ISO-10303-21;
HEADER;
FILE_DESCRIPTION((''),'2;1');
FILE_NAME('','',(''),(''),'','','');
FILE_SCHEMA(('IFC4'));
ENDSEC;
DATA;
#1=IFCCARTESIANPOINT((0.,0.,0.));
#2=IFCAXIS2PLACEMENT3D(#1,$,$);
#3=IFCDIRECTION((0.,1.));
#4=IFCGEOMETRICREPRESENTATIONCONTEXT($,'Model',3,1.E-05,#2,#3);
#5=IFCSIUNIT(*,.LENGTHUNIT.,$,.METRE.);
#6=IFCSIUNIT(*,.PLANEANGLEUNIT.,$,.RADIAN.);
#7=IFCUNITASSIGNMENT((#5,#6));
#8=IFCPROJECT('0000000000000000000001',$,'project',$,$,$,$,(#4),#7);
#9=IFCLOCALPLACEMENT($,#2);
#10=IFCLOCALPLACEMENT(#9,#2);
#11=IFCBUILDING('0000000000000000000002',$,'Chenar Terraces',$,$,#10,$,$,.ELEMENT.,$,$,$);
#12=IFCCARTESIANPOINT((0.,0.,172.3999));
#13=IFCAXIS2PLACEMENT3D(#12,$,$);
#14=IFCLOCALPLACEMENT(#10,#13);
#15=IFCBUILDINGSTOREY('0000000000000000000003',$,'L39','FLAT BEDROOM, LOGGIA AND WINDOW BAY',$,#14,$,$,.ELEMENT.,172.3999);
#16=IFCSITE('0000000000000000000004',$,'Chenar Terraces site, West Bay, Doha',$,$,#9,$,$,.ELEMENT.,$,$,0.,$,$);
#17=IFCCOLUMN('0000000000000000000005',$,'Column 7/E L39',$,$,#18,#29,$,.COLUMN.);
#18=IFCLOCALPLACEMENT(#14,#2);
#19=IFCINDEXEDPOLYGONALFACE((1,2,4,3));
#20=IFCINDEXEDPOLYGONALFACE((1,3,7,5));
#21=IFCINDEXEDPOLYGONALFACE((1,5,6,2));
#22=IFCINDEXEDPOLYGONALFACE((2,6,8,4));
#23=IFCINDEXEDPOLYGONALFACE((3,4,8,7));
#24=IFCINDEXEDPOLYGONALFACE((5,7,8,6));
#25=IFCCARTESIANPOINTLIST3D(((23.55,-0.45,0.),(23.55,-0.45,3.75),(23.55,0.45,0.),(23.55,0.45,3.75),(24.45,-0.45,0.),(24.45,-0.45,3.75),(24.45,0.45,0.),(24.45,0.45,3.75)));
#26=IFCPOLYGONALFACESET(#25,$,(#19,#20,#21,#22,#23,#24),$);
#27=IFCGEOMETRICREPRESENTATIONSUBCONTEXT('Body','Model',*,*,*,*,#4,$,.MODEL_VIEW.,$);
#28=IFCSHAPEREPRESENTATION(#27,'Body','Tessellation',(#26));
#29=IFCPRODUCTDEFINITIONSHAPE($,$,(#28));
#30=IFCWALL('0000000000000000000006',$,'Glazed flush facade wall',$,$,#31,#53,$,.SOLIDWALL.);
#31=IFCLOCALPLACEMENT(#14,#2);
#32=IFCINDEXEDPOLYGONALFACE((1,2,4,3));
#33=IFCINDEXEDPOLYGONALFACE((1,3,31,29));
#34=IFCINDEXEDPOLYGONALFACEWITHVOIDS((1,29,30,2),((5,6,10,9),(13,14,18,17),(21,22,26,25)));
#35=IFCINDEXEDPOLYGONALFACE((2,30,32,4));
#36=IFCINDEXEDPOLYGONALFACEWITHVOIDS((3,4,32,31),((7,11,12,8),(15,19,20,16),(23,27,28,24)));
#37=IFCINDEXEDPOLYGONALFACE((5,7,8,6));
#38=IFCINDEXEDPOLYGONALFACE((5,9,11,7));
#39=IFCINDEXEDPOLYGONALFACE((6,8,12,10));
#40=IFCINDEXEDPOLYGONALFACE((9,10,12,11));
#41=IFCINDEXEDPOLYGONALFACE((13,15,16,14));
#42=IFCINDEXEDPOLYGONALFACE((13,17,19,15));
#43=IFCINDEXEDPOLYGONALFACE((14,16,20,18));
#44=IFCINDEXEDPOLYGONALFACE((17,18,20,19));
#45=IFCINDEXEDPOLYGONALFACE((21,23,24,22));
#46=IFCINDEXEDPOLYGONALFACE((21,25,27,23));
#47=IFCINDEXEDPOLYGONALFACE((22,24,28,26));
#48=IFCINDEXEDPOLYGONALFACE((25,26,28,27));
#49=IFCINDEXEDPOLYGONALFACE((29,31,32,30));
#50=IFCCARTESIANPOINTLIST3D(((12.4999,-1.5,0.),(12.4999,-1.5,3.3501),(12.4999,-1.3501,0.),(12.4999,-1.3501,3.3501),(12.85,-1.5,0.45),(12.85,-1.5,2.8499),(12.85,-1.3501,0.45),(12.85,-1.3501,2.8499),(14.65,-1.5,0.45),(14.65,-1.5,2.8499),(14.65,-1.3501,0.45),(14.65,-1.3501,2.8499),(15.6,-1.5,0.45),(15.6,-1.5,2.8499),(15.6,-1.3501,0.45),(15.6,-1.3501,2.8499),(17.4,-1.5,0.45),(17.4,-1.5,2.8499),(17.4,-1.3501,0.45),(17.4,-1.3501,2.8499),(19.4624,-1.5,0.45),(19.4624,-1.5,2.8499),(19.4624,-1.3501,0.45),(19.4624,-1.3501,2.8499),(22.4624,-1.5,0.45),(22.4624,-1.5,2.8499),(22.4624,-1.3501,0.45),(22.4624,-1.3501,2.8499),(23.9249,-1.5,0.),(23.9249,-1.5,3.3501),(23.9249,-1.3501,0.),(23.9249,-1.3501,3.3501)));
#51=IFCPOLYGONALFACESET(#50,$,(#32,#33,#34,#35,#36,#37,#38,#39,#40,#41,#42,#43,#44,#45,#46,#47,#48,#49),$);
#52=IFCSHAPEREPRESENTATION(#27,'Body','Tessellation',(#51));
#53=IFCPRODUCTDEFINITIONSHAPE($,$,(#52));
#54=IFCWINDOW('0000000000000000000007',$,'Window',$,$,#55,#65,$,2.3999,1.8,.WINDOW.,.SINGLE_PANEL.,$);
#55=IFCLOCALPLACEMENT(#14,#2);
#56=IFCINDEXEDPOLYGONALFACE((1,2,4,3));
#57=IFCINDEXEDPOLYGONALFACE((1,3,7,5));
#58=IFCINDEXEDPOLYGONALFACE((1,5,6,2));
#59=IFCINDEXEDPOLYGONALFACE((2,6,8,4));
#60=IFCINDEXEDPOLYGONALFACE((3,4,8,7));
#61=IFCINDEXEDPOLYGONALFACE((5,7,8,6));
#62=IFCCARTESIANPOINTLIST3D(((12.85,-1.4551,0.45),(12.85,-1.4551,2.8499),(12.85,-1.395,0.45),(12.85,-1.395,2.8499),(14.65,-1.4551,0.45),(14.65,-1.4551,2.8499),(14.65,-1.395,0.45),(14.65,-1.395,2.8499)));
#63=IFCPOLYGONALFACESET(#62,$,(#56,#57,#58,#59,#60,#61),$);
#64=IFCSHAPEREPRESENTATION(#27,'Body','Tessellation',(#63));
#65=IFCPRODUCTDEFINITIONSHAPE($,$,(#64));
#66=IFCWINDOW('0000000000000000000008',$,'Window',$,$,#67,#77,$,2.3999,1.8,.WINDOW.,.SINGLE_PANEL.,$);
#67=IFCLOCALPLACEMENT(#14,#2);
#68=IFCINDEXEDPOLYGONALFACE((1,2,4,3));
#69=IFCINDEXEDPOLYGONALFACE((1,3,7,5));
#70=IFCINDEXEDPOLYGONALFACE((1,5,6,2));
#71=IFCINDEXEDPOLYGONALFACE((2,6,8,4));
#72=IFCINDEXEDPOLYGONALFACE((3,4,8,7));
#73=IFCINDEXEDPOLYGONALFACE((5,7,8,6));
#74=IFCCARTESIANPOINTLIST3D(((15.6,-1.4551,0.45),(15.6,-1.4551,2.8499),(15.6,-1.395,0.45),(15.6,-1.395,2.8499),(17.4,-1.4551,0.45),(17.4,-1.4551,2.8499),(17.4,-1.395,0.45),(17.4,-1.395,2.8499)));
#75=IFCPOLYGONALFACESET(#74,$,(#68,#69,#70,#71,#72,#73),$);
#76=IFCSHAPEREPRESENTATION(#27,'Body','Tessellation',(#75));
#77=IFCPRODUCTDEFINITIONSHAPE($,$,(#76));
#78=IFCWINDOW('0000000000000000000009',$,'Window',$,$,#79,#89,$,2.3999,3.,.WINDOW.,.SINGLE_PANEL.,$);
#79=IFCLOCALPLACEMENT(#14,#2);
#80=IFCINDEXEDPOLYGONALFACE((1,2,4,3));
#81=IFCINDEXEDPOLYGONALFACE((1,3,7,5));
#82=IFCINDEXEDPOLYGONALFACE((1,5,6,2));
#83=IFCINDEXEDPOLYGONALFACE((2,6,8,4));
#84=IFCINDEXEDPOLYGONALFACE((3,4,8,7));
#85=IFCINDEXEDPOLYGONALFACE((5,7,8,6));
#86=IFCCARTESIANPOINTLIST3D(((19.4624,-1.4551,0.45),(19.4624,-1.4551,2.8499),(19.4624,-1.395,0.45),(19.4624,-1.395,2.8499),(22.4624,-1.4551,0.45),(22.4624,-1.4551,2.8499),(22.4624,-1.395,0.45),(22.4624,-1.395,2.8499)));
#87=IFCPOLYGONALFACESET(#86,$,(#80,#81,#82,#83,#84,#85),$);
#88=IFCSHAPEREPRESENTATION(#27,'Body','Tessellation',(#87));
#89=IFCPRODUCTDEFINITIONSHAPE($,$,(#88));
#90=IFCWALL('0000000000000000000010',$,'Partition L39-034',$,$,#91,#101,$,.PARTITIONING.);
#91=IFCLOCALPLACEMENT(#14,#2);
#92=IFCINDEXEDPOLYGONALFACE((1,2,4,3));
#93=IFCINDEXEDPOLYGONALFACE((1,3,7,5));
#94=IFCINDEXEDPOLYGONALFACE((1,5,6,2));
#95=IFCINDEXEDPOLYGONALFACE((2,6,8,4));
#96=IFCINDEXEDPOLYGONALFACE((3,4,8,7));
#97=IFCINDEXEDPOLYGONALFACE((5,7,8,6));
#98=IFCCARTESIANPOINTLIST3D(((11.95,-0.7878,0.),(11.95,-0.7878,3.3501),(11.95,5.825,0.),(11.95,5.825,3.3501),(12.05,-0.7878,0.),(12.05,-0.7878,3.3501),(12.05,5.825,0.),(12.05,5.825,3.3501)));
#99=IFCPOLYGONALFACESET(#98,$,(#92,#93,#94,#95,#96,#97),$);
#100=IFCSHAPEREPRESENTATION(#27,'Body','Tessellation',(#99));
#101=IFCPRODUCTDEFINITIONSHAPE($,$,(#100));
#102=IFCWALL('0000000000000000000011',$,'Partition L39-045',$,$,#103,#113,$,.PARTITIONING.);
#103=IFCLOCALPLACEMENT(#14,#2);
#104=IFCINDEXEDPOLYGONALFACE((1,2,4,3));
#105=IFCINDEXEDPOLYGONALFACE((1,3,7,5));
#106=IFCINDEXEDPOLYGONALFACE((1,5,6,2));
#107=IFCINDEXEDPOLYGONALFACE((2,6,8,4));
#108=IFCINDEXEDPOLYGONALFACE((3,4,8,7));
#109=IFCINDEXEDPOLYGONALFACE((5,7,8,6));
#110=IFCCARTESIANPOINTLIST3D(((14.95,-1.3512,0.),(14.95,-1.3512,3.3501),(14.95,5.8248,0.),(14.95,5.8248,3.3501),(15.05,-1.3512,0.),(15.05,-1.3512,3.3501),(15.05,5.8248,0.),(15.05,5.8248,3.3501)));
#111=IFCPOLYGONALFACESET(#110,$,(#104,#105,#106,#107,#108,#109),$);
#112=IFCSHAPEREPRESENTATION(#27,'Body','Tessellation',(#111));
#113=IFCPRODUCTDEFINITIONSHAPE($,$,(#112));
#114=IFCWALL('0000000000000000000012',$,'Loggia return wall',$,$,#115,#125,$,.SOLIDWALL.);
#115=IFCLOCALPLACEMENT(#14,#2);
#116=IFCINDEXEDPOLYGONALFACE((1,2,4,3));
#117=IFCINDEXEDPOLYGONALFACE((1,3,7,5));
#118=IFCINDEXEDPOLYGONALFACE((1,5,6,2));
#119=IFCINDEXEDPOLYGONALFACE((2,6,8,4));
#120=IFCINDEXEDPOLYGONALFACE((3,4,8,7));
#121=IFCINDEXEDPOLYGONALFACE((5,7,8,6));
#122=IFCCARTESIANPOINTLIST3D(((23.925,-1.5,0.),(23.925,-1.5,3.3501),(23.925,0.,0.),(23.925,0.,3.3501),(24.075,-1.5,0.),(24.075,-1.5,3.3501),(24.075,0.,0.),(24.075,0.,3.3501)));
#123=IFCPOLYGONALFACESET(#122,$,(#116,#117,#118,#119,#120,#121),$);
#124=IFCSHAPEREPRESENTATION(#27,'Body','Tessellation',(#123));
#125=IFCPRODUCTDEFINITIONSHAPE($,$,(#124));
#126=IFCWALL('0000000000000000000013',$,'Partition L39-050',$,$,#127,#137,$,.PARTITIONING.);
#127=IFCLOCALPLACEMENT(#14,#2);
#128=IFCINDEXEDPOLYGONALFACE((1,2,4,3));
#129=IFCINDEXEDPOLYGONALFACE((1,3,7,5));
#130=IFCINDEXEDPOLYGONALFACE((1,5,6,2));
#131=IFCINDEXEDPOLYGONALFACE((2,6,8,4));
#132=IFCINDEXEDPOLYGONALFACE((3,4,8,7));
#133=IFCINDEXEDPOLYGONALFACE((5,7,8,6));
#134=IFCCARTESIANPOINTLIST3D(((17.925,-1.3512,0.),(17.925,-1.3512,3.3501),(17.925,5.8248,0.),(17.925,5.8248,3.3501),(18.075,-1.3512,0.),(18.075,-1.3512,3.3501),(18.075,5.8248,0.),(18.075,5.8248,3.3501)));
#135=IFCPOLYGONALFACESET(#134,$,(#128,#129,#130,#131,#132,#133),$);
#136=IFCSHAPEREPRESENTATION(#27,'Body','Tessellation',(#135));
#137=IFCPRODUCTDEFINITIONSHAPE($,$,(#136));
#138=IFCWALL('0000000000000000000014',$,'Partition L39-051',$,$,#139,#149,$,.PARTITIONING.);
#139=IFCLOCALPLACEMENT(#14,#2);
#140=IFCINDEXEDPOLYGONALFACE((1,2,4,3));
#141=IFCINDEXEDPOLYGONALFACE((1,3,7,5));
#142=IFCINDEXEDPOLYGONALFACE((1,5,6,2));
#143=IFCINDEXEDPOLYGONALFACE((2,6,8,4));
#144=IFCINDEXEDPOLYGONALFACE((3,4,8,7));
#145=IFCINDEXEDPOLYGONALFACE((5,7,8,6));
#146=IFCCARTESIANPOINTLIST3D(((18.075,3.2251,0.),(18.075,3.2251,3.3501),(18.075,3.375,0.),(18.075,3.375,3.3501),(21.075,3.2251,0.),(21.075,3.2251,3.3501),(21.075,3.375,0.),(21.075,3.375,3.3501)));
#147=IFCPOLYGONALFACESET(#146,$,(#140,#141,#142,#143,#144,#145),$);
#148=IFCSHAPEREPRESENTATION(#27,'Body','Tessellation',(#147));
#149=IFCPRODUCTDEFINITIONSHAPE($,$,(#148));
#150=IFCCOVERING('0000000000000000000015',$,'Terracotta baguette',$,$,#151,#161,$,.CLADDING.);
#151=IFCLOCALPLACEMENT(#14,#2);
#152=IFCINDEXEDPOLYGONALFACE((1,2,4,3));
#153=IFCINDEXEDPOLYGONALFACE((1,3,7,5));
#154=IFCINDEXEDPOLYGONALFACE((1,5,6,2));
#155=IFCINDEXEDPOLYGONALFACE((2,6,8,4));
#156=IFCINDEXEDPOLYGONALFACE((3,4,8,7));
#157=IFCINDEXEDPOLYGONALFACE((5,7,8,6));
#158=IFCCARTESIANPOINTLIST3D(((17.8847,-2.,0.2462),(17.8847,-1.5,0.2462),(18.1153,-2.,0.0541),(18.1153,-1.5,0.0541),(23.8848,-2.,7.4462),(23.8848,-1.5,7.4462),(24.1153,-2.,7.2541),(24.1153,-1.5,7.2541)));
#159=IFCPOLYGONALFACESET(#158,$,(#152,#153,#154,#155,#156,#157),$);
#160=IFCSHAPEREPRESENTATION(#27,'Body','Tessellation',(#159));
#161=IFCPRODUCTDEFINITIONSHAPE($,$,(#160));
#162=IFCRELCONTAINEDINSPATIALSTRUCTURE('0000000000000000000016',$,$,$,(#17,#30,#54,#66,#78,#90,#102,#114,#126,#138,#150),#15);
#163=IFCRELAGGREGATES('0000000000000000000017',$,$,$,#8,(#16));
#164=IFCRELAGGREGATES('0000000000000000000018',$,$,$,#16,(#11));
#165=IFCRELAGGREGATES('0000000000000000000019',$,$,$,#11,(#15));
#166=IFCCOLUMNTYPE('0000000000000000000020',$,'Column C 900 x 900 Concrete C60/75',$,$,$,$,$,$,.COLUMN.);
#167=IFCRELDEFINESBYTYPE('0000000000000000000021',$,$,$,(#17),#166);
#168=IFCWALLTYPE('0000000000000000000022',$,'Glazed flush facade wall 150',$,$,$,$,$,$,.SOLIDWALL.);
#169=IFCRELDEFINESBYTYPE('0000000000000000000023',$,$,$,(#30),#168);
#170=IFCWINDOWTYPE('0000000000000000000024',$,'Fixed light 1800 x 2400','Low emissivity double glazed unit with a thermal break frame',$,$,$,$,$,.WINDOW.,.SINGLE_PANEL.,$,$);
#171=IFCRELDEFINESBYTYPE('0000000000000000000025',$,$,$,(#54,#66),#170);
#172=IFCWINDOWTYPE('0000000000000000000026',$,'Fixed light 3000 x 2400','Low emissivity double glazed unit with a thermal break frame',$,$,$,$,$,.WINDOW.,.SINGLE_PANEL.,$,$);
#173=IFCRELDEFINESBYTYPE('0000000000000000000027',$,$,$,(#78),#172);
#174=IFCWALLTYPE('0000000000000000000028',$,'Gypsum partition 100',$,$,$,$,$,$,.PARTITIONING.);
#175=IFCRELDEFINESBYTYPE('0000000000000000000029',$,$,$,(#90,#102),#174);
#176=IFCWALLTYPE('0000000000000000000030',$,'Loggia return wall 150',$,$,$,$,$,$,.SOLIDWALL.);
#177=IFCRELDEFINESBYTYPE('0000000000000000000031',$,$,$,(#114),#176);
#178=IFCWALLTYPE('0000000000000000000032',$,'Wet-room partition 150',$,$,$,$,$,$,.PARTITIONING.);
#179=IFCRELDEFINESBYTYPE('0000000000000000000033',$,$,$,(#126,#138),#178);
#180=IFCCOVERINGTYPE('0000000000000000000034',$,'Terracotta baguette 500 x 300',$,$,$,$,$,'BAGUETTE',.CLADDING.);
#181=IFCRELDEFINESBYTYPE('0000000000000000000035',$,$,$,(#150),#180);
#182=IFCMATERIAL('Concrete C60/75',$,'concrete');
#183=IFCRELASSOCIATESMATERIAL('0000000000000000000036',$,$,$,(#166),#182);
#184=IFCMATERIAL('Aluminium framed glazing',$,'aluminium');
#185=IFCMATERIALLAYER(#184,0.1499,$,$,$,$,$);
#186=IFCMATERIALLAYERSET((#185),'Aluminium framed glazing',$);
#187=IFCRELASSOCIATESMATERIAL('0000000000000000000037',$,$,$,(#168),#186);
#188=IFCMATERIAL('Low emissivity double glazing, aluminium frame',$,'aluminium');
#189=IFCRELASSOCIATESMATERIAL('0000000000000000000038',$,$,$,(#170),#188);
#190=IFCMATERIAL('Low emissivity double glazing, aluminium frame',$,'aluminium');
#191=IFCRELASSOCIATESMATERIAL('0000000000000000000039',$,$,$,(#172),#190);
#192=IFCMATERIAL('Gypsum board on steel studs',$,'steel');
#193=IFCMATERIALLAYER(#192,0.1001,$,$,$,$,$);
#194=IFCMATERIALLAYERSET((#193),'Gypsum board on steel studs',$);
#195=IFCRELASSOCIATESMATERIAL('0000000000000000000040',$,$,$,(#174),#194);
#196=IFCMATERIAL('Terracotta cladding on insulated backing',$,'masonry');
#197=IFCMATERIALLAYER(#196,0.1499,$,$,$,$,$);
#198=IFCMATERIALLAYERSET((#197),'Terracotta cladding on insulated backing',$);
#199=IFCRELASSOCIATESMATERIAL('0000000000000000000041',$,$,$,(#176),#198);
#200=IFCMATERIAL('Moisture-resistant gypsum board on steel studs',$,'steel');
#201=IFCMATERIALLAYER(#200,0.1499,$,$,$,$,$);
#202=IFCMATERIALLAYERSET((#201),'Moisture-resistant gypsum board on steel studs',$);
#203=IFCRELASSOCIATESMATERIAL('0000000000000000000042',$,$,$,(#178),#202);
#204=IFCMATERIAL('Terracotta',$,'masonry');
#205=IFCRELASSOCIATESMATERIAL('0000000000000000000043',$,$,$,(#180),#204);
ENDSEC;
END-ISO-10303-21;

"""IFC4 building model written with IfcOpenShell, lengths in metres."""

from ifc_helpers import new_model, si_unit, direction, frame, frame_2d, origin, origin_2d, place, context, subcontext, project, spatial, rectangle, extrude, material, layer, layer_set, material_profile, profile_set, type_object, element, fill, save


model = new_model("IFC4")

# Units and contexts
model_context = context("Model", 3, precision=1e-05, world=origin(), true_north=direction((0.0, 1.0)))
body_context = subcontext(model_context, "Body", "Model", "MODEL_VIEW")
ifc_project = project(units=[si_unit("LENGTHUNIT", "METRE"), si_unit("PLANEANGLEUNIT", "RADIAN")], contexts=[model_context])

# Site, building, storey
site_placement = place(None, origin())
site = spatial("IfcSite", under=ifc_project, at=site_placement, Name="Chenar Terraces site, West Bay, Doha", CompositionType="ELEMENT", RefElevation=0.0)
building_placement = place(site_placement, origin())
building = spatial("IfcBuilding", under=site, at=building_placement, Name="Chenar Terraces", CompositionType="ELEMENT")
storey_placement = place(building_placement, frame((0.0, 0.0, 172.3999)))
storey = spatial("IfcBuildingStorey", under=building, at=storey_placement, Name="L39", Description="FLAT BEDROOM, LOGGIA AND WINDOW BAY", CompositionType="ELEMENT", Elevation=172.3999)

# Column
ifc_material_1 = material(Name="Concrete C60/75", Category="concrete")
ifc_material_profile_1 = material_profile(ifc_material_1, rectangle(XDim=0.8999, YDim=0.8999, at=origin_2d()), Name="C 900 x 900")
ifc_profile_set_1 = profile_set([ifc_material_profile_1], Name="Concrete C60/75")
column_type = type_object("IfcColumnType", Name="Column C 900 x 900 Concrete C60/75", PredefinedType="COLUMN", material=ifc_profile_set_1)
column_placement = place(storey_placement, frame((24.0, 0.0, 0.0), z_axis=(0.0, 0.0, 1.0), x_axis=(1.0, 0.0, 0.0)))
element("IfcColumn", 1, at=column_placement, inside=storey, type_object=column_type, Name="Column 7/E L39", PredefinedType="COLUMN", context=body_context, shape_type="SweptSolid", body=[
    extrude(rectangle(XDim=0.8999, YDim=0.8999, at=origin_2d()), origin(), (0.0, 0.0, 1.0), 3.75),
])

# Wall, openings, windows
ifc_material_2 = material(Name="Aluminium framed glazing", Category="aluminium")
ifc_layer_1 = layer(ifc_material_2, 0.1499)
ifc_layer_set_1 = layer_set([ifc_layer_1], Name="Aluminium framed glazing")
wall_type_1 = type_object("IfcWallType", Name="Glazed flush facade wall 150", PredefinedType="SOLIDWALL", material=ifc_layer_set_1)
wall_1_placement = place(storey_placement, frame((12.5, -1.425, 0.0), z_axis=(0.0, 0.0, 1.0), x_axis=(1.0, 0.0, 0.0)))
wall_1 = element("IfcWall", 2, at=wall_1_placement, inside=storey, type_object=wall_type_1, Name="Glazed flush facade wall", PredefinedType="SOLIDWALL", context=body_context, shape_type="SweptSolid", body=[
    extrude(rectangle(XDim=11.425, YDim=0.1499, at=frame_2d((5.7124, 0.0))), origin(), (0.0, 0.0, 1.0), 3.3501),
])
opening_1_placement = place(wall_1_placement, frame((0.3501, 0.0, 0.45)))
opening_1 = element("IfcOpeningElement", 3, at=opening_1_placement, cuts=wall_1, PredefinedType="OPENING", context=body_context, shape_type="SweptSolid", body=[
    extrude(rectangle(XDim=1.8, YDim=2.3999, at=frame_2d((0.8999, 1.2))), frame((0.0, 0.085, 0.0), z_axis=(0.0, -1.0, 0.0), x_axis=(1.0, 0.0, 0.0)), (0.0, 0.0, 1.0), 0.1699),
])
opening_2_placement = place(wall_1_placement, frame((3.1001, 0.0, 0.45)))
opening_2 = element("IfcOpeningElement", 4, at=opening_2_placement, cuts=wall_1, PredefinedType="OPENING", context=body_context, shape_type="SweptSolid", body=[
    extrude(rectangle(XDim=1.8, YDim=2.3999, at=frame_2d((0.8999, 1.2))), frame((0.0, 0.085, 0.0), z_axis=(0.0, -1.0, 0.0), x_axis=(1.0, 0.0, 0.0)), (0.0, 0.0, 1.0), 0.1699),
])
opening_3_placement = place(wall_1_placement, frame((6.9624, 0.0, 0.45)))
opening_3 = element("IfcOpeningElement", 5, at=opening_3_placement, cuts=wall_1, PredefinedType="OPENING", context=body_context, shape_type="SweptSolid", body=[
    extrude(rectangle(XDim=3.0, YDim=2.3999, at=frame_2d((1.5, 1.2))), frame((0.0, 0.085, 0.0), z_axis=(0.0, -1.0, 0.0), x_axis=(1.0, 0.0, 0.0)), (0.0, 0.0, 1.0), 0.1699),
])
ifc_material_3 = material(Name="Low emissivity double glazing, aluminium frame", Category="aluminium")
window_type_1 = type_object("IfcWindowType", Name="Fixed light 1800 x 2400", Description="Low emissivity double glazed unit with a thermal break frame", PartitioningType="SINGLE_PANEL", PredefinedType="WINDOW", material=ifc_material_3)
window_1_placement = place(opening_1_placement, origin())
window_1 = element("IfcWindow", 6, at=window_1_placement, inside=storey, type_object=window_type_1, Name="Window", OverallHeight=2.3999, OverallWidth=1.8, PartitioningType="SINGLE_PANEL", PredefinedType="WINDOW", context=body_context, shape_type="SweptSolid", body=[
    extrude(rectangle(XDim=1.8, YDim=2.3999, at=frame_2d((0.8999, 1.2))), frame((0.0, 0.03, 0.0), z_axis=(0.0, -1.0, 0.0), x_axis=(1.0, 0.0, 0.0)), (0.0, 0.0, 1.0), 0.0601),
])
fill(opening_1, window_1)
window_2_placement = place(opening_2_placement, origin())
window_2 = element("IfcWindow", 7, at=window_2_placement, inside=storey, type_object=window_type_1, Name="Window", OverallHeight=2.3999, OverallWidth=1.8, PartitioningType="SINGLE_PANEL", PredefinedType="WINDOW", context=body_context, shape_type="SweptSolid", body=[
    extrude(rectangle(XDim=1.8, YDim=2.3999, at=frame_2d((0.8999, 1.2))), frame((0.0, 0.03, 0.0), z_axis=(0.0, -1.0, 0.0), x_axis=(1.0, 0.0, 0.0)), (0.0, 0.0, 1.0), 0.0601),
])
fill(opening_2, window_2)
ifc_material_4 = material(Name="Low emissivity double glazing, aluminium frame", Category="aluminium")
window_type_2 = type_object("IfcWindowType", Name="Fixed light 3000 x 2400", Description="Low emissivity double glazed unit with a thermal break frame", PartitioningType="SINGLE_PANEL", PredefinedType="WINDOW", material=ifc_material_4)
window_3_placement = place(opening_3_placement, origin())
window_3 = element("IfcWindow", 8, at=window_3_placement, inside=storey, type_object=window_type_2, Name="Window", OverallHeight=2.3999, OverallWidth=3.0, PartitioningType="SINGLE_PANEL", PredefinedType="WINDOW", context=body_context, shape_type="SweptSolid", body=[
    extrude(rectangle(XDim=3.0, YDim=2.3999, at=frame_2d((1.5, 1.2))), frame((0.0, 0.03, 0.0), z_axis=(0.0, -1.0, 0.0), x_axis=(1.0, 0.0, 0.0)), (0.0, 0.0, 1.0), 0.0601),
])
fill(opening_3, window_3)

# Walls
ifc_material_5 = material(Name="Gypsum board on steel studs", Category="steel")
ifc_layer_2 = layer(ifc_material_5, 0.1001)
ifc_layer_set_2 = layer_set([ifc_layer_2], Name="Gypsum board on steel studs")
wall_type_2 = type_object("IfcWallType", Name="Gypsum partition 100", PredefinedType="PARTITIONING", material=ifc_layer_set_2)
wall_2_placement = place(storey_placement, frame((12.0, -0.7878, 0.0), z_axis=(0.0, 0.0, 1.0), x_axis=(0.0, 1.0, 0.0)))
element("IfcWall", 9, at=wall_2_placement, inside=storey, type_object=wall_type_2, Name="Partition L39-034", PredefinedType="PARTITIONING", context=body_context, shape_type="SweptSolid", body=[
    extrude(rectangle(XDim=6.6128, YDim=0.1001, at=frame_2d((3.3064, 0.0))), origin(), (0.0, 0.0, 1.0), 3.3501),
])
wall_3_placement = place(storey_placement, frame((15.0, -1.3511, 0.0), z_axis=(0.0, 0.0, 1.0), x_axis=(0.0, 1.0, 0.0)))
element("IfcWall", 10, at=wall_3_placement, inside=storey, type_object=wall_type_2, Name="Partition L39-045", PredefinedType="PARTITIONING", context=body_context, shape_type="SweptSolid", body=[
    extrude(rectangle(XDim=7.176, YDim=0.1001, at=frame_2d((3.5879, 0.0))), origin(), (0.0, 0.0, 1.0), 3.3501),
])
ifc_material_6 = material(Name="Terracotta cladding on insulated backing", Category="masonry")
ifc_layer_3 = layer(ifc_material_6, 0.1499)
ifc_layer_set_3 = layer_set([ifc_layer_3], Name="Terracotta cladding on insulated backing")
wall_type_3 = type_object("IfcWallType", Name="Loggia return wall 150", PredefinedType="SOLIDWALL", material=ifc_layer_set_3)
wall_4_placement = place(storey_placement, frame((24.0, -1.5, 0.0), z_axis=(0.0, 0.0, 1.0), x_axis=(0.0, 1.0, 0.0)))
element("IfcWall", 11, at=wall_4_placement, inside=storey, type_object=wall_type_3, Name="Loggia return wall", PredefinedType="SOLIDWALL", context=body_context, shape_type="SweptSolid", body=[
    extrude(rectangle(XDim=1.5, YDim=0.1499, at=frame_2d((0.75, 0.0))), origin(), (0.0, 0.0, 1.0), 3.3501),
])
ifc_material_7 = material(Name="Moisture-resistant gypsum board on steel studs", Category="steel")
ifc_layer_4 = layer(ifc_material_7, 0.1499)
ifc_layer_set_4 = layer_set([ifc_layer_4], Name="Moisture-resistant gypsum board on steel studs")
wall_type_4 = type_object("IfcWallType", Name="Wet-room partition 150", PredefinedType="PARTITIONING", material=ifc_layer_set_4)
wall_5_placement = place(storey_placement, frame((18.0, -1.3511, 0.0), z_axis=(0.0, 0.0, 1.0), x_axis=(0.0, 1.0, 0.0)))
element("IfcWall", 12, at=wall_5_placement, inside=storey, type_object=wall_type_4, Name="Partition L39-050", PredefinedType="PARTITIONING", context=body_context, shape_type="SweptSolid", body=[
    extrude(rectangle(XDim=7.176, YDim=0.1499, at=frame_2d((3.5879, 0.0))), origin(), (0.0, 0.0, 1.0), 3.3501),
])
wall_6_placement = place(storey_placement, frame((18.075, 3.3, 0.0), z_axis=(0.0, 0.0, 1.0), x_axis=(1.0, 0.0, 0.0)))
element("IfcWall", 13, at=wall_6_placement, inside=storey, type_object=wall_type_4, Name="Partition L39-051", PredefinedType="PARTITIONING", context=body_context, shape_type="SweptSolid", body=[
    extrude(rectangle(XDim=3.0, YDim=0.1499, at=frame_2d((1.5, 0.0))), origin(), (0.0, 0.0, 1.0), 3.3501),
])

# Covering
ifc_material_8 = material(Name="Terracotta", Category="masonry")
ifc_material_profile_2 = material_profile(ifc_material_8, rectangle(XDim=0.5, YDim=0.3, at=origin_2d()), Name="Terracotta baguette 500 x 300")
ifc_profile_set_2 = profile_set([ifc_material_profile_2], Name="Terracotta")
covering_type = type_object("IfcCoveringType", Name="Terracotta baguette 500 x 300", ElementType="BAGUETTE", PredefinedType="CLADDING", material=ifc_profile_set_2)
for number, where, z_axis, x_axis, name in (
    (14, (18.0, -1.75, 0.1501), (0.640187, 0.0, 0.768219), (0.0, 1.0, 0.0), "Terracotta baguette"),
):
    element("IfcCovering", number, at=place(storey_placement, frame(where, z_axis=z_axis, x_axis=x_axis)), inside=storey, type_object=covering_type, Name=name, PredefinedType="CLADDING", context=body_context, shape_type="SweptSolid", body=[
        extrude(rectangle(XDim=0.5, YDim=0.3, at=origin_2d()), origin(), (0.0, 0.0, 1.0), 9.3723),
    ])

save(model, "model.ifc")
